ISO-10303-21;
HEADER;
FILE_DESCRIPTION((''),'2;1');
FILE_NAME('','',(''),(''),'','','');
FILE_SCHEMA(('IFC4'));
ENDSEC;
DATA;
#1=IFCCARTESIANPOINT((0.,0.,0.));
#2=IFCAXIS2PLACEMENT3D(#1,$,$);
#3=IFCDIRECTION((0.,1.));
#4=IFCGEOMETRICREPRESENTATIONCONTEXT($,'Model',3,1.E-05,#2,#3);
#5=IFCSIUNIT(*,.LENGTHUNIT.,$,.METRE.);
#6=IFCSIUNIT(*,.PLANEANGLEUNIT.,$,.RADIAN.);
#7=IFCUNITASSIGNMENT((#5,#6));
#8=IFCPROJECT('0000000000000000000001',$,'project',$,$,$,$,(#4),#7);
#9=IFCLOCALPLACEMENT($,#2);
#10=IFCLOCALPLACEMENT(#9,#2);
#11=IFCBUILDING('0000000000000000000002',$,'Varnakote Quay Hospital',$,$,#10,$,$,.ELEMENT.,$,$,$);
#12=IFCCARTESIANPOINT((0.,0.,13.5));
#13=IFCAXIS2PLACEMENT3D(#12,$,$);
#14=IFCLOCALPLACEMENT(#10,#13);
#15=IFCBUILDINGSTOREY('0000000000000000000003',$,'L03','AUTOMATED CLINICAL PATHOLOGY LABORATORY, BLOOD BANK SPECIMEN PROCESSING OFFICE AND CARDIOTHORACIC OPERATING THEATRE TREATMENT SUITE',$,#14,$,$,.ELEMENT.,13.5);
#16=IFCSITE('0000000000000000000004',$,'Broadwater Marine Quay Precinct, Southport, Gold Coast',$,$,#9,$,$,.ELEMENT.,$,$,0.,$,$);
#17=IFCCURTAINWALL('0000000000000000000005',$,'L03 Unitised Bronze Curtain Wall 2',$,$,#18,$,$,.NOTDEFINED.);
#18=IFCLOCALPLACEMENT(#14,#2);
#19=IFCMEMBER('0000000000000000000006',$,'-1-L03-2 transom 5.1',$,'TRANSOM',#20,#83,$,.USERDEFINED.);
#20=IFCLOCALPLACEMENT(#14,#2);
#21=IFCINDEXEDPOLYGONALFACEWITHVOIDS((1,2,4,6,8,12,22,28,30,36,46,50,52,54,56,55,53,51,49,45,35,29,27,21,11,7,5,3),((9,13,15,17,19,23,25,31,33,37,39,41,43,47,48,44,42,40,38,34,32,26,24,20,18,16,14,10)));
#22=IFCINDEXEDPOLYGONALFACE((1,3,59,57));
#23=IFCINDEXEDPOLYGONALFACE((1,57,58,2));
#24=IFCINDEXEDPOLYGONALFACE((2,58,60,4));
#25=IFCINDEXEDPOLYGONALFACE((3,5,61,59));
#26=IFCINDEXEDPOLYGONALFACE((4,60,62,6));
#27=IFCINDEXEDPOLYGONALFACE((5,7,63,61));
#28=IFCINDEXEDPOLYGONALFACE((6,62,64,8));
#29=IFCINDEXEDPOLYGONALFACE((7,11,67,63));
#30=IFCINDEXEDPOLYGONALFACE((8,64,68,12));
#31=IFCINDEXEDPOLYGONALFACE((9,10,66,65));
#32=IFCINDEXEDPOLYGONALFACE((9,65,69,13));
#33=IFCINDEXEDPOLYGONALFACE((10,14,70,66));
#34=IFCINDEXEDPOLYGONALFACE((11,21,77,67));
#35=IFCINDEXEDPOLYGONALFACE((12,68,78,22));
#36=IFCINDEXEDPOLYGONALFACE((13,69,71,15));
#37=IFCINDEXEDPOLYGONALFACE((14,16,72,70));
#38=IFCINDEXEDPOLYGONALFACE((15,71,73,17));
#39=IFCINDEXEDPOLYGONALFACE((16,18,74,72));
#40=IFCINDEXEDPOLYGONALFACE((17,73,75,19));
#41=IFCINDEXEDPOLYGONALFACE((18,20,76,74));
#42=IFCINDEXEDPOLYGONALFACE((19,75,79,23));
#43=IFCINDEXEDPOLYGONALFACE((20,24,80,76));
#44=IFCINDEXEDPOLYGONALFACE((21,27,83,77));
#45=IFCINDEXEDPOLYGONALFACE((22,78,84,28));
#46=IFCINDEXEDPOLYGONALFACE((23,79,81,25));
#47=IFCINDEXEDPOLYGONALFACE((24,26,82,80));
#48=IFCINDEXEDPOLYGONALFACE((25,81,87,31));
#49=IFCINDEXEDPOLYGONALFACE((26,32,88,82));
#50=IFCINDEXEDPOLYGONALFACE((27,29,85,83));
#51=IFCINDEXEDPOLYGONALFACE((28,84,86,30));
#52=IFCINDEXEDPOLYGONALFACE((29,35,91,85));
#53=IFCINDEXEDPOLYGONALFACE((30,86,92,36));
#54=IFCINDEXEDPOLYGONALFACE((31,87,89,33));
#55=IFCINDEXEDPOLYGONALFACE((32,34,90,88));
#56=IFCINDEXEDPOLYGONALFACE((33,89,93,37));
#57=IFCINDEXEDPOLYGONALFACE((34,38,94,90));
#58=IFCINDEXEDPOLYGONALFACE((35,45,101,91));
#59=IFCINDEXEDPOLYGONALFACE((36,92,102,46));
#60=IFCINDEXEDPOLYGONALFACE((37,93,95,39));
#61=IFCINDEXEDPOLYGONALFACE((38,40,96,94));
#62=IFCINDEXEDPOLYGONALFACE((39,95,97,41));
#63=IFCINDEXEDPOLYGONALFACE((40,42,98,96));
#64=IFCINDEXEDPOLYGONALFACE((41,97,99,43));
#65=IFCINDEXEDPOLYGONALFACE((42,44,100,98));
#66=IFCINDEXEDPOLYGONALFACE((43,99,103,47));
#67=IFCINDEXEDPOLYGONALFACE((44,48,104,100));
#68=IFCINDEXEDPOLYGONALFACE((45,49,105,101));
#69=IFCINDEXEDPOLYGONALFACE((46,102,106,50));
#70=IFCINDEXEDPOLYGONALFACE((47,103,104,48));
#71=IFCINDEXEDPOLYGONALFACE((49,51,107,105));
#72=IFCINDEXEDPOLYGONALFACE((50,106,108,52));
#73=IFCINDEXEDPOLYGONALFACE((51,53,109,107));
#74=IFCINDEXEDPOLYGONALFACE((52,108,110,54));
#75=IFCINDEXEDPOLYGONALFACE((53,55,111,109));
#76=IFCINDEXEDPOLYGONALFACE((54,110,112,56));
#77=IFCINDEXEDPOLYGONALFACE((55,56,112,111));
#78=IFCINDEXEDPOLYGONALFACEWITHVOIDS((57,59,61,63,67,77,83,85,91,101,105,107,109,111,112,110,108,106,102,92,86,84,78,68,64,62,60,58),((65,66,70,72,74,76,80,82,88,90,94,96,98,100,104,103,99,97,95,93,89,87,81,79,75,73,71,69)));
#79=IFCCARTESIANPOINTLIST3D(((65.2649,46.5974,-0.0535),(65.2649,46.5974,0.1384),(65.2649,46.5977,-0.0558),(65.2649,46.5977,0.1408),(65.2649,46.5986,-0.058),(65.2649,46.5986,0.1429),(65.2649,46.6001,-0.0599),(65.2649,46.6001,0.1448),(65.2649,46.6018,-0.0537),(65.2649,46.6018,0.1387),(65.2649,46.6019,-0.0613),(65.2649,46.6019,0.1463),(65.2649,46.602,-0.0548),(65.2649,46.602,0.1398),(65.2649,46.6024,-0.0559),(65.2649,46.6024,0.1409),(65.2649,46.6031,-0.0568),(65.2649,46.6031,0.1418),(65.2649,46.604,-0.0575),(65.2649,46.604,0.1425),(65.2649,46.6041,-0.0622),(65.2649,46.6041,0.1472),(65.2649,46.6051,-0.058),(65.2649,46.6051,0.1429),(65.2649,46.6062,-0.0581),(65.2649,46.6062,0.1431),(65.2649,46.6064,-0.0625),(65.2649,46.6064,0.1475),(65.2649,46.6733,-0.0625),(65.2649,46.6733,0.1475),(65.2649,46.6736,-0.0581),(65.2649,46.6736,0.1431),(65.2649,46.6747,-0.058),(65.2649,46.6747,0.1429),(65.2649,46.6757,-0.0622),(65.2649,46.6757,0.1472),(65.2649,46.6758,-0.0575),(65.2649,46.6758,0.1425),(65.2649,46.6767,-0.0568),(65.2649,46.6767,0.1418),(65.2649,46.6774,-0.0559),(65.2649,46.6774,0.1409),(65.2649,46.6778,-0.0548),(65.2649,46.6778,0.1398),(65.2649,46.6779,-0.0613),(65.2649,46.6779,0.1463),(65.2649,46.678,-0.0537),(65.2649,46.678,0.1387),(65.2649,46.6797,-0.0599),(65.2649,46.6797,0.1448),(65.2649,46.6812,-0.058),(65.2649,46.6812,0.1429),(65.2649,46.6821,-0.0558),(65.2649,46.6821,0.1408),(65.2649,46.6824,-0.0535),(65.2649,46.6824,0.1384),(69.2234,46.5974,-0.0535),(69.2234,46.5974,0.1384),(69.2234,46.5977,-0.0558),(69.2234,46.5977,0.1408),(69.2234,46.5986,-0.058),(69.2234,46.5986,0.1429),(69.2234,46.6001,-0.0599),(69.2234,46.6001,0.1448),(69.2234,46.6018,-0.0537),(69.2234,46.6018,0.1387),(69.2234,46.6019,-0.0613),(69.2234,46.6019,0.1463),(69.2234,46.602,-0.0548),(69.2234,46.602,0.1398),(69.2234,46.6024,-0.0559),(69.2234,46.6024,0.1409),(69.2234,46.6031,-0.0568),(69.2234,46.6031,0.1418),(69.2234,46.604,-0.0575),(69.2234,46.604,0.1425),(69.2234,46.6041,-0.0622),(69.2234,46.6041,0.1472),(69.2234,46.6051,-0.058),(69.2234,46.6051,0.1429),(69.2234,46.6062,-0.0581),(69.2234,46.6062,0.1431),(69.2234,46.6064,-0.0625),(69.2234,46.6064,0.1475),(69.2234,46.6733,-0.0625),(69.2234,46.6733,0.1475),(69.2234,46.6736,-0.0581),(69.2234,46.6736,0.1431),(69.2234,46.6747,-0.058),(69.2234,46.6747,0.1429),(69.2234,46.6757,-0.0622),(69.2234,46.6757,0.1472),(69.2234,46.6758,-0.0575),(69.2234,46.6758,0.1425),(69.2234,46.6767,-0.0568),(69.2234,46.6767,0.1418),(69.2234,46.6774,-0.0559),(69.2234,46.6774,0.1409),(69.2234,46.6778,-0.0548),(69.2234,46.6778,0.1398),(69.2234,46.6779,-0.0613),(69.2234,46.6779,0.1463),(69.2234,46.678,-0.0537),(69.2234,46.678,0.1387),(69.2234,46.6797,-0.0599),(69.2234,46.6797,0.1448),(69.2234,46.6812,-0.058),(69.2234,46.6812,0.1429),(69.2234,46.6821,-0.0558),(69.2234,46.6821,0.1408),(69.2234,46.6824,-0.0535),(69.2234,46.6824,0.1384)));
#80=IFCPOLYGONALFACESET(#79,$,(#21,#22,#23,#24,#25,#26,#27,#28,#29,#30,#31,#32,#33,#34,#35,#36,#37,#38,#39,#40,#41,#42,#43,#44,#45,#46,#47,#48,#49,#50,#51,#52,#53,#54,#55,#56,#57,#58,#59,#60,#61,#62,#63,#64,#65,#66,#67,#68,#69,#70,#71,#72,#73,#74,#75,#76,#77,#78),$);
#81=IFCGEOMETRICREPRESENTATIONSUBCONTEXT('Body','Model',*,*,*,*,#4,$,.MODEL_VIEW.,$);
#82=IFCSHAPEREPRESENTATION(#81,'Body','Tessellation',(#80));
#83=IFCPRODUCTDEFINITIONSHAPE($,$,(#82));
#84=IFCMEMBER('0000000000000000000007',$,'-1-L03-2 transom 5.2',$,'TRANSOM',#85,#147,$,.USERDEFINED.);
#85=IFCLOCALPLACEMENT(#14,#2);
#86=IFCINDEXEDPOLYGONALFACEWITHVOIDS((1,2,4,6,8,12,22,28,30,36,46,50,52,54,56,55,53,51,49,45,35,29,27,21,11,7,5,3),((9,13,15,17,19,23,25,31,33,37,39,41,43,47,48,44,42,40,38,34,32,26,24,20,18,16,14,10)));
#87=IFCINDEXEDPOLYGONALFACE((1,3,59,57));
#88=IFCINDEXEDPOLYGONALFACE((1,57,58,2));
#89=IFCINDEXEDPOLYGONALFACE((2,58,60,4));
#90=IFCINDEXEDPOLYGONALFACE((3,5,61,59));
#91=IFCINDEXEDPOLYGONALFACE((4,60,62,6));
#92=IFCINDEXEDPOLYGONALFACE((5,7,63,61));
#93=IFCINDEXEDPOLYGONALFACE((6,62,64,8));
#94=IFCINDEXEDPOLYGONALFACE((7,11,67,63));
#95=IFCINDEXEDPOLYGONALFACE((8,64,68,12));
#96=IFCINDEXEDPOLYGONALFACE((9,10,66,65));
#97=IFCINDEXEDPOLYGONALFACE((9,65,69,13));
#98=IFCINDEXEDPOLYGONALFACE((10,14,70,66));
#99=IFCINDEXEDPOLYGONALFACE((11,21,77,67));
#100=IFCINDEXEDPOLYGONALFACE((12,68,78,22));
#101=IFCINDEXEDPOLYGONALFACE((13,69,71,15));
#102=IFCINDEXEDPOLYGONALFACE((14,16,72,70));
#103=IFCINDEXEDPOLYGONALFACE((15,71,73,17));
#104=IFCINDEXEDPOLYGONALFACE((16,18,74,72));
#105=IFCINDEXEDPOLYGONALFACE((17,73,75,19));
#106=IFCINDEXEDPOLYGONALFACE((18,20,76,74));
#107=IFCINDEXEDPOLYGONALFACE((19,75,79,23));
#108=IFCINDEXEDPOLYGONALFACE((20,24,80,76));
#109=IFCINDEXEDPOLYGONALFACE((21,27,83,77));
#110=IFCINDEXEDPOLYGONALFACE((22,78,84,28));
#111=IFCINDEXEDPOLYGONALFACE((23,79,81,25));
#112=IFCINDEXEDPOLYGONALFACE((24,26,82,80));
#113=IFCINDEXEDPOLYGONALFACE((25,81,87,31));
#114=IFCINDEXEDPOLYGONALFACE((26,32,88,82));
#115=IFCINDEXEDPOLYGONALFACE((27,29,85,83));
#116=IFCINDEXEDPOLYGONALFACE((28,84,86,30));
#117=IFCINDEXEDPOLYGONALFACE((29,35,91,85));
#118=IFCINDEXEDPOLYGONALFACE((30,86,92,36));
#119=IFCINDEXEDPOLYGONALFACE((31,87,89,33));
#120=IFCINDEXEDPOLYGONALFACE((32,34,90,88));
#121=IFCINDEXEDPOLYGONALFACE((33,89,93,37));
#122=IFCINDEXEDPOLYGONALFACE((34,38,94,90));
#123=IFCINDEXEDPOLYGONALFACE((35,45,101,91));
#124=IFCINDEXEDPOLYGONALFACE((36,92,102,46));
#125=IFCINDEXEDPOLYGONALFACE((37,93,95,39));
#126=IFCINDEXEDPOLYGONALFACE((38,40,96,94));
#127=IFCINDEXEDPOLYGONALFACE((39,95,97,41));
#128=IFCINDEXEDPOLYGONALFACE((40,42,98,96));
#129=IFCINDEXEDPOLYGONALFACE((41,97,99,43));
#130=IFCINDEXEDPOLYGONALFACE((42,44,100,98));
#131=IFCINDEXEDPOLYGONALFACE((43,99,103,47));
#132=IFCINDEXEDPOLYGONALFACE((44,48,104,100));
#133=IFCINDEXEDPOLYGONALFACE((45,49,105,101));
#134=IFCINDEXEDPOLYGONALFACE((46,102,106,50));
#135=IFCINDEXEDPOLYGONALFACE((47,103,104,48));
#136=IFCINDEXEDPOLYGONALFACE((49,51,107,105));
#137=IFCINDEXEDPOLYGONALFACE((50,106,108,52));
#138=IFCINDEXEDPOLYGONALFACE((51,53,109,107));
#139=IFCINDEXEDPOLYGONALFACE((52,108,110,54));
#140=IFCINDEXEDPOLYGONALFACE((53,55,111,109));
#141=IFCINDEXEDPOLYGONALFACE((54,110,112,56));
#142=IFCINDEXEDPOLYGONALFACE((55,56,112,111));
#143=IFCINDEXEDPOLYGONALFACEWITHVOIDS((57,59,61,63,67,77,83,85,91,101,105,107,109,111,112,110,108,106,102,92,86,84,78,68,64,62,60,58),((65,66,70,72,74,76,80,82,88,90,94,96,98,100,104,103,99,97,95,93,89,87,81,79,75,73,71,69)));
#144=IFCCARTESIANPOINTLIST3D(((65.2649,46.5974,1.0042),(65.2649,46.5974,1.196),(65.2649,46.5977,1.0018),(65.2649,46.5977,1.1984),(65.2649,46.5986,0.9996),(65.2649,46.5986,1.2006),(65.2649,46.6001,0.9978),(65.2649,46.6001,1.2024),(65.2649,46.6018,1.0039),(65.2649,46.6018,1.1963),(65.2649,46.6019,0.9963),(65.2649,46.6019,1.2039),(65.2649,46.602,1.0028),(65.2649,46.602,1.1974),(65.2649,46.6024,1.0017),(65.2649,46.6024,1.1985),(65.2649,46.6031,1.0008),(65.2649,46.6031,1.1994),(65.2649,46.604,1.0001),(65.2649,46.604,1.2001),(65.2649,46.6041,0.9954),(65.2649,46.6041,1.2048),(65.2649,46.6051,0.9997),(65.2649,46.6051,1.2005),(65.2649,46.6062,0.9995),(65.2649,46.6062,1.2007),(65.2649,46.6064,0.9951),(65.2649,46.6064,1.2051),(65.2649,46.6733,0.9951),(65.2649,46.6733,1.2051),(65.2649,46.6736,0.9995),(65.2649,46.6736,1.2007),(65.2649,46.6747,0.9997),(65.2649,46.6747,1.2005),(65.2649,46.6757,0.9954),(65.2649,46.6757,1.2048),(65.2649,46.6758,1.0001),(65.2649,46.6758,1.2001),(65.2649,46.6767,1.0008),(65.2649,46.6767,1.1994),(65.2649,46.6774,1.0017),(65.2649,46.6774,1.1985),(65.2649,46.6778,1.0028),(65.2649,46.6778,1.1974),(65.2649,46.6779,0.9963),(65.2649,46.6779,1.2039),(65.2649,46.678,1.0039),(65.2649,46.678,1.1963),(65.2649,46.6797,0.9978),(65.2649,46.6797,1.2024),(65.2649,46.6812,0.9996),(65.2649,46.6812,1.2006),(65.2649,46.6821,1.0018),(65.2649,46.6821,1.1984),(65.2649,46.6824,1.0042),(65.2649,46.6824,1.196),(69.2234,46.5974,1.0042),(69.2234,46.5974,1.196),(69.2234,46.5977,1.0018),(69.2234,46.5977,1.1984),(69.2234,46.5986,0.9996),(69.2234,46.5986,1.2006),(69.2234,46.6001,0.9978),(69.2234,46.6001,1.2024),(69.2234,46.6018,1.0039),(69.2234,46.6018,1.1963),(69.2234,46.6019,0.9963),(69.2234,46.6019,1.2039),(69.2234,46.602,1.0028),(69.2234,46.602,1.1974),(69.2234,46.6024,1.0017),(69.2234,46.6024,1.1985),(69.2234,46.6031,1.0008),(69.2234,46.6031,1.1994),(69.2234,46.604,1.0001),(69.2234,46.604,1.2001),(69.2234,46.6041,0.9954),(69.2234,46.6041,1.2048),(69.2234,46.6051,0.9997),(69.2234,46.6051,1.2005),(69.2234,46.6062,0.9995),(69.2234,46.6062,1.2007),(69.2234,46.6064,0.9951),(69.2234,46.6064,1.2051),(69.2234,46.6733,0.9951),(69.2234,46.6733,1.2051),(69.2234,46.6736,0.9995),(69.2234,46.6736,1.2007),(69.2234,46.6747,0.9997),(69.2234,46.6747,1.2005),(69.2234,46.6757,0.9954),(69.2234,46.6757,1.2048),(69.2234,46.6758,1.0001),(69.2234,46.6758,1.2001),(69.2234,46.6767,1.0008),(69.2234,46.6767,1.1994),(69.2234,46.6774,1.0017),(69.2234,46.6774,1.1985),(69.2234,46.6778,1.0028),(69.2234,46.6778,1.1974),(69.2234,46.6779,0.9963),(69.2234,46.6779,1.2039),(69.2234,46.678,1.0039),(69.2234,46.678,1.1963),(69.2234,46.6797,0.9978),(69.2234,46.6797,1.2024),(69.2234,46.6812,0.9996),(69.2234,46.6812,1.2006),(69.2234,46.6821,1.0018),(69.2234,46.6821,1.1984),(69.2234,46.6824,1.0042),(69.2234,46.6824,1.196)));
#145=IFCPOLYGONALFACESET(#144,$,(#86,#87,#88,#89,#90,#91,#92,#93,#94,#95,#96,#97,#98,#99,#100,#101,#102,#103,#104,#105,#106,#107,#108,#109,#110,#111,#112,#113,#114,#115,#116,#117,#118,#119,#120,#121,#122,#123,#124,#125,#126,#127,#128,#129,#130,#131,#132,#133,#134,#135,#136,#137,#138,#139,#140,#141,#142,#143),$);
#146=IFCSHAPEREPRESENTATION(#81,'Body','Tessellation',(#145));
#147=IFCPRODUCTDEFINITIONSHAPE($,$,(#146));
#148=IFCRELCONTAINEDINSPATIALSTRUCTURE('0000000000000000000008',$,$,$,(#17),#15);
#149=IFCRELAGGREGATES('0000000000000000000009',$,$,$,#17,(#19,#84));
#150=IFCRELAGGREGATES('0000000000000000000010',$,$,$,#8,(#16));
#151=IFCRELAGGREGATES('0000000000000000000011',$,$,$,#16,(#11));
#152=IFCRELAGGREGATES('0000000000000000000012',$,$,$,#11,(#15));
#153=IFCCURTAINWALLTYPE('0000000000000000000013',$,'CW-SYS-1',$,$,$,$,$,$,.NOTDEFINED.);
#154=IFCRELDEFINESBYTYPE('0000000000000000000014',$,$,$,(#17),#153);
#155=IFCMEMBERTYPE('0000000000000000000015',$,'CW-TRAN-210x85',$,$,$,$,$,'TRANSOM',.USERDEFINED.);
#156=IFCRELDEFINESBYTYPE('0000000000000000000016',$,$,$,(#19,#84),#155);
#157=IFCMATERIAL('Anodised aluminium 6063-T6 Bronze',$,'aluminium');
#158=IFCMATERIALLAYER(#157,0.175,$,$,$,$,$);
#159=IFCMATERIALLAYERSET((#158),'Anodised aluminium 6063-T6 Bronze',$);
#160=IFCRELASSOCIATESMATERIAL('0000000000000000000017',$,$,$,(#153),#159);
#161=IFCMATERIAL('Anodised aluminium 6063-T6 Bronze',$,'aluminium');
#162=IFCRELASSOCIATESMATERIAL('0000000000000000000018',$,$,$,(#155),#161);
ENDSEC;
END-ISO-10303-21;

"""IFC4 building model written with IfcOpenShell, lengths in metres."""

from ifc_helpers import new_model, si_unit, direction, frame, origin, origin_2d, place, context, subcontext, project, spatial, hollow_rectangle, extrude, material, layer, layer_set, material_profile, profile_set, type_object, element, aggregate, save


model = new_model("IFC4")

# Units and contexts
model_context = context("Model", 3, precision=1e-05, world=origin(), true_north=direction((0.0, 1.0)))
body_context = subcontext(model_context, "Body", "Model", "MODEL_VIEW")
ifc_project = project(units=[si_unit("LENGTHUNIT", "METRE"), si_unit("PLANEANGLEUNIT", "RADIAN")], contexts=[model_context])

# Site, building, storey
site_placement = place(None, origin())
site = spatial("IfcSite", under=ifc_project, at=site_placement, Name="Broadwater Marine Quay Precinct, Southport, Gold Coast", CompositionType="ELEMENT", RefElevation=0.0)
building_placement = place(site_placement, origin())
building = spatial("IfcBuilding", under=site, at=building_placement, Name="Varnakote Quay Hospital", CompositionType="ELEMENT")
storey_placement = place(building_placement, frame((0.0, 0.0, 13.5)))
storey = spatial("IfcBuildingStorey", under=building, at=storey_placement, Name="L03", Description="AUTOMATED CLINICAL PATHOLOGY LABORATORY, BLOOD BANK SPECIMEN PROCESSING OFFICE AND CARDIOTHORACIC OPERATING THEATRE TREATMENT SUITE", CompositionType="ELEMENT", Elevation=13.5)

# Curtain wall, members
ifc_material_1 = material(Name="Anodised aluminium 6063-T6 Bronze", Category="aluminium")
ifc_layer_1 = layer(ifc_material_1, 0.175)
ifc_layer_set_1 = layer_set([ifc_layer_1], Name="Anodised aluminium 6063-T6 Bronze")
curtain_wall_type = type_object("IfcCurtainWallType", Name="CW-SYS-1", PredefinedType="NOTDEFINED", material=ifc_layer_set_1)
curtain_wall_placement = place(storey_placement, origin())
curtain_wall = element("IfcCurtainWall", 1, at=curtain_wall_placement, inside=storey, type_object=curtain_wall_type, Name="L03 Unitised Bronze Curtain Wall 2", PredefinedType="NOTDEFINED")
ifc_material_2 = material(Name="Anodised aluminium 6063-T6 Bronze", Category="aluminium")
ifc_material_profile_1 = material_profile(ifc_material_2, hollow_rectangle(XDim=0.085, YDim=0.21, WallThickness=0.0044, InnerFilletRadius=0.0044, OuterFilletRadius=0.009, at=origin_2d()), Name="CW-TRAN-210x85")
ifc_profile_set_1 = profile_set([ifc_material_profile_1], Name="Anodised aluminium 6063-T6 Bronze")
member_type_1 = type_object("IfcMemberType", Name="CW-TRAN-210x85", ElementType="TRANSOM", PredefinedType="USERDEFINED", material=ifc_profile_set_1)
member_1_placement = place(storey_placement, frame((69.2234, 46.6399, 0.0425), z_axis=(-1.0, 0.0, 0.0), x_axis=(0.0, -1.0, 0.0)))
member_1 = element("IfcMember", 2, at=member_1_placement, type_object=member_type_1, Name="-1-L03-2 transom 5.1", ObjectType="TRANSOM", PredefinedType="USERDEFINED", context=body_context, shape_type="SweptSolid", body=[
    extrude(hollow_rectangle(XDim=0.085, YDim=0.21, WallThickness=0.0044, InnerFilletRadius=0.0044, OuterFilletRadius=0.009, at=origin_2d()), origin(), (0.0, 0.0, 1.0), 3.9585),
])
member_2_placement = place(storey_placement, frame((69.2234, 46.6399, 1.1001), z_axis=(-1.0, 0.0, 0.0), x_axis=(0.0, -1.0, 0.0)))
member_2 = element("IfcMember", 3, at=member_2_placement, type_object=member_type_1, Name="-1-L03-2 transom 5.2", ObjectType="TRANSOM", PredefinedType="USERDEFINED", context=body_context, shape_type="SweptSolid", body=[
    extrude(hollow_rectangle(XDim=0.085, YDim=0.21, WallThickness=0.0044, InnerFilletRadius=0.0044, OuterFilletRadius=0.009, at=origin_2d()), origin(), (0.0, 0.0, 1.0), 3.9585),
])

aggregate(curtain_wall, [member_1, member_2])

save(model, "model.ifc")
